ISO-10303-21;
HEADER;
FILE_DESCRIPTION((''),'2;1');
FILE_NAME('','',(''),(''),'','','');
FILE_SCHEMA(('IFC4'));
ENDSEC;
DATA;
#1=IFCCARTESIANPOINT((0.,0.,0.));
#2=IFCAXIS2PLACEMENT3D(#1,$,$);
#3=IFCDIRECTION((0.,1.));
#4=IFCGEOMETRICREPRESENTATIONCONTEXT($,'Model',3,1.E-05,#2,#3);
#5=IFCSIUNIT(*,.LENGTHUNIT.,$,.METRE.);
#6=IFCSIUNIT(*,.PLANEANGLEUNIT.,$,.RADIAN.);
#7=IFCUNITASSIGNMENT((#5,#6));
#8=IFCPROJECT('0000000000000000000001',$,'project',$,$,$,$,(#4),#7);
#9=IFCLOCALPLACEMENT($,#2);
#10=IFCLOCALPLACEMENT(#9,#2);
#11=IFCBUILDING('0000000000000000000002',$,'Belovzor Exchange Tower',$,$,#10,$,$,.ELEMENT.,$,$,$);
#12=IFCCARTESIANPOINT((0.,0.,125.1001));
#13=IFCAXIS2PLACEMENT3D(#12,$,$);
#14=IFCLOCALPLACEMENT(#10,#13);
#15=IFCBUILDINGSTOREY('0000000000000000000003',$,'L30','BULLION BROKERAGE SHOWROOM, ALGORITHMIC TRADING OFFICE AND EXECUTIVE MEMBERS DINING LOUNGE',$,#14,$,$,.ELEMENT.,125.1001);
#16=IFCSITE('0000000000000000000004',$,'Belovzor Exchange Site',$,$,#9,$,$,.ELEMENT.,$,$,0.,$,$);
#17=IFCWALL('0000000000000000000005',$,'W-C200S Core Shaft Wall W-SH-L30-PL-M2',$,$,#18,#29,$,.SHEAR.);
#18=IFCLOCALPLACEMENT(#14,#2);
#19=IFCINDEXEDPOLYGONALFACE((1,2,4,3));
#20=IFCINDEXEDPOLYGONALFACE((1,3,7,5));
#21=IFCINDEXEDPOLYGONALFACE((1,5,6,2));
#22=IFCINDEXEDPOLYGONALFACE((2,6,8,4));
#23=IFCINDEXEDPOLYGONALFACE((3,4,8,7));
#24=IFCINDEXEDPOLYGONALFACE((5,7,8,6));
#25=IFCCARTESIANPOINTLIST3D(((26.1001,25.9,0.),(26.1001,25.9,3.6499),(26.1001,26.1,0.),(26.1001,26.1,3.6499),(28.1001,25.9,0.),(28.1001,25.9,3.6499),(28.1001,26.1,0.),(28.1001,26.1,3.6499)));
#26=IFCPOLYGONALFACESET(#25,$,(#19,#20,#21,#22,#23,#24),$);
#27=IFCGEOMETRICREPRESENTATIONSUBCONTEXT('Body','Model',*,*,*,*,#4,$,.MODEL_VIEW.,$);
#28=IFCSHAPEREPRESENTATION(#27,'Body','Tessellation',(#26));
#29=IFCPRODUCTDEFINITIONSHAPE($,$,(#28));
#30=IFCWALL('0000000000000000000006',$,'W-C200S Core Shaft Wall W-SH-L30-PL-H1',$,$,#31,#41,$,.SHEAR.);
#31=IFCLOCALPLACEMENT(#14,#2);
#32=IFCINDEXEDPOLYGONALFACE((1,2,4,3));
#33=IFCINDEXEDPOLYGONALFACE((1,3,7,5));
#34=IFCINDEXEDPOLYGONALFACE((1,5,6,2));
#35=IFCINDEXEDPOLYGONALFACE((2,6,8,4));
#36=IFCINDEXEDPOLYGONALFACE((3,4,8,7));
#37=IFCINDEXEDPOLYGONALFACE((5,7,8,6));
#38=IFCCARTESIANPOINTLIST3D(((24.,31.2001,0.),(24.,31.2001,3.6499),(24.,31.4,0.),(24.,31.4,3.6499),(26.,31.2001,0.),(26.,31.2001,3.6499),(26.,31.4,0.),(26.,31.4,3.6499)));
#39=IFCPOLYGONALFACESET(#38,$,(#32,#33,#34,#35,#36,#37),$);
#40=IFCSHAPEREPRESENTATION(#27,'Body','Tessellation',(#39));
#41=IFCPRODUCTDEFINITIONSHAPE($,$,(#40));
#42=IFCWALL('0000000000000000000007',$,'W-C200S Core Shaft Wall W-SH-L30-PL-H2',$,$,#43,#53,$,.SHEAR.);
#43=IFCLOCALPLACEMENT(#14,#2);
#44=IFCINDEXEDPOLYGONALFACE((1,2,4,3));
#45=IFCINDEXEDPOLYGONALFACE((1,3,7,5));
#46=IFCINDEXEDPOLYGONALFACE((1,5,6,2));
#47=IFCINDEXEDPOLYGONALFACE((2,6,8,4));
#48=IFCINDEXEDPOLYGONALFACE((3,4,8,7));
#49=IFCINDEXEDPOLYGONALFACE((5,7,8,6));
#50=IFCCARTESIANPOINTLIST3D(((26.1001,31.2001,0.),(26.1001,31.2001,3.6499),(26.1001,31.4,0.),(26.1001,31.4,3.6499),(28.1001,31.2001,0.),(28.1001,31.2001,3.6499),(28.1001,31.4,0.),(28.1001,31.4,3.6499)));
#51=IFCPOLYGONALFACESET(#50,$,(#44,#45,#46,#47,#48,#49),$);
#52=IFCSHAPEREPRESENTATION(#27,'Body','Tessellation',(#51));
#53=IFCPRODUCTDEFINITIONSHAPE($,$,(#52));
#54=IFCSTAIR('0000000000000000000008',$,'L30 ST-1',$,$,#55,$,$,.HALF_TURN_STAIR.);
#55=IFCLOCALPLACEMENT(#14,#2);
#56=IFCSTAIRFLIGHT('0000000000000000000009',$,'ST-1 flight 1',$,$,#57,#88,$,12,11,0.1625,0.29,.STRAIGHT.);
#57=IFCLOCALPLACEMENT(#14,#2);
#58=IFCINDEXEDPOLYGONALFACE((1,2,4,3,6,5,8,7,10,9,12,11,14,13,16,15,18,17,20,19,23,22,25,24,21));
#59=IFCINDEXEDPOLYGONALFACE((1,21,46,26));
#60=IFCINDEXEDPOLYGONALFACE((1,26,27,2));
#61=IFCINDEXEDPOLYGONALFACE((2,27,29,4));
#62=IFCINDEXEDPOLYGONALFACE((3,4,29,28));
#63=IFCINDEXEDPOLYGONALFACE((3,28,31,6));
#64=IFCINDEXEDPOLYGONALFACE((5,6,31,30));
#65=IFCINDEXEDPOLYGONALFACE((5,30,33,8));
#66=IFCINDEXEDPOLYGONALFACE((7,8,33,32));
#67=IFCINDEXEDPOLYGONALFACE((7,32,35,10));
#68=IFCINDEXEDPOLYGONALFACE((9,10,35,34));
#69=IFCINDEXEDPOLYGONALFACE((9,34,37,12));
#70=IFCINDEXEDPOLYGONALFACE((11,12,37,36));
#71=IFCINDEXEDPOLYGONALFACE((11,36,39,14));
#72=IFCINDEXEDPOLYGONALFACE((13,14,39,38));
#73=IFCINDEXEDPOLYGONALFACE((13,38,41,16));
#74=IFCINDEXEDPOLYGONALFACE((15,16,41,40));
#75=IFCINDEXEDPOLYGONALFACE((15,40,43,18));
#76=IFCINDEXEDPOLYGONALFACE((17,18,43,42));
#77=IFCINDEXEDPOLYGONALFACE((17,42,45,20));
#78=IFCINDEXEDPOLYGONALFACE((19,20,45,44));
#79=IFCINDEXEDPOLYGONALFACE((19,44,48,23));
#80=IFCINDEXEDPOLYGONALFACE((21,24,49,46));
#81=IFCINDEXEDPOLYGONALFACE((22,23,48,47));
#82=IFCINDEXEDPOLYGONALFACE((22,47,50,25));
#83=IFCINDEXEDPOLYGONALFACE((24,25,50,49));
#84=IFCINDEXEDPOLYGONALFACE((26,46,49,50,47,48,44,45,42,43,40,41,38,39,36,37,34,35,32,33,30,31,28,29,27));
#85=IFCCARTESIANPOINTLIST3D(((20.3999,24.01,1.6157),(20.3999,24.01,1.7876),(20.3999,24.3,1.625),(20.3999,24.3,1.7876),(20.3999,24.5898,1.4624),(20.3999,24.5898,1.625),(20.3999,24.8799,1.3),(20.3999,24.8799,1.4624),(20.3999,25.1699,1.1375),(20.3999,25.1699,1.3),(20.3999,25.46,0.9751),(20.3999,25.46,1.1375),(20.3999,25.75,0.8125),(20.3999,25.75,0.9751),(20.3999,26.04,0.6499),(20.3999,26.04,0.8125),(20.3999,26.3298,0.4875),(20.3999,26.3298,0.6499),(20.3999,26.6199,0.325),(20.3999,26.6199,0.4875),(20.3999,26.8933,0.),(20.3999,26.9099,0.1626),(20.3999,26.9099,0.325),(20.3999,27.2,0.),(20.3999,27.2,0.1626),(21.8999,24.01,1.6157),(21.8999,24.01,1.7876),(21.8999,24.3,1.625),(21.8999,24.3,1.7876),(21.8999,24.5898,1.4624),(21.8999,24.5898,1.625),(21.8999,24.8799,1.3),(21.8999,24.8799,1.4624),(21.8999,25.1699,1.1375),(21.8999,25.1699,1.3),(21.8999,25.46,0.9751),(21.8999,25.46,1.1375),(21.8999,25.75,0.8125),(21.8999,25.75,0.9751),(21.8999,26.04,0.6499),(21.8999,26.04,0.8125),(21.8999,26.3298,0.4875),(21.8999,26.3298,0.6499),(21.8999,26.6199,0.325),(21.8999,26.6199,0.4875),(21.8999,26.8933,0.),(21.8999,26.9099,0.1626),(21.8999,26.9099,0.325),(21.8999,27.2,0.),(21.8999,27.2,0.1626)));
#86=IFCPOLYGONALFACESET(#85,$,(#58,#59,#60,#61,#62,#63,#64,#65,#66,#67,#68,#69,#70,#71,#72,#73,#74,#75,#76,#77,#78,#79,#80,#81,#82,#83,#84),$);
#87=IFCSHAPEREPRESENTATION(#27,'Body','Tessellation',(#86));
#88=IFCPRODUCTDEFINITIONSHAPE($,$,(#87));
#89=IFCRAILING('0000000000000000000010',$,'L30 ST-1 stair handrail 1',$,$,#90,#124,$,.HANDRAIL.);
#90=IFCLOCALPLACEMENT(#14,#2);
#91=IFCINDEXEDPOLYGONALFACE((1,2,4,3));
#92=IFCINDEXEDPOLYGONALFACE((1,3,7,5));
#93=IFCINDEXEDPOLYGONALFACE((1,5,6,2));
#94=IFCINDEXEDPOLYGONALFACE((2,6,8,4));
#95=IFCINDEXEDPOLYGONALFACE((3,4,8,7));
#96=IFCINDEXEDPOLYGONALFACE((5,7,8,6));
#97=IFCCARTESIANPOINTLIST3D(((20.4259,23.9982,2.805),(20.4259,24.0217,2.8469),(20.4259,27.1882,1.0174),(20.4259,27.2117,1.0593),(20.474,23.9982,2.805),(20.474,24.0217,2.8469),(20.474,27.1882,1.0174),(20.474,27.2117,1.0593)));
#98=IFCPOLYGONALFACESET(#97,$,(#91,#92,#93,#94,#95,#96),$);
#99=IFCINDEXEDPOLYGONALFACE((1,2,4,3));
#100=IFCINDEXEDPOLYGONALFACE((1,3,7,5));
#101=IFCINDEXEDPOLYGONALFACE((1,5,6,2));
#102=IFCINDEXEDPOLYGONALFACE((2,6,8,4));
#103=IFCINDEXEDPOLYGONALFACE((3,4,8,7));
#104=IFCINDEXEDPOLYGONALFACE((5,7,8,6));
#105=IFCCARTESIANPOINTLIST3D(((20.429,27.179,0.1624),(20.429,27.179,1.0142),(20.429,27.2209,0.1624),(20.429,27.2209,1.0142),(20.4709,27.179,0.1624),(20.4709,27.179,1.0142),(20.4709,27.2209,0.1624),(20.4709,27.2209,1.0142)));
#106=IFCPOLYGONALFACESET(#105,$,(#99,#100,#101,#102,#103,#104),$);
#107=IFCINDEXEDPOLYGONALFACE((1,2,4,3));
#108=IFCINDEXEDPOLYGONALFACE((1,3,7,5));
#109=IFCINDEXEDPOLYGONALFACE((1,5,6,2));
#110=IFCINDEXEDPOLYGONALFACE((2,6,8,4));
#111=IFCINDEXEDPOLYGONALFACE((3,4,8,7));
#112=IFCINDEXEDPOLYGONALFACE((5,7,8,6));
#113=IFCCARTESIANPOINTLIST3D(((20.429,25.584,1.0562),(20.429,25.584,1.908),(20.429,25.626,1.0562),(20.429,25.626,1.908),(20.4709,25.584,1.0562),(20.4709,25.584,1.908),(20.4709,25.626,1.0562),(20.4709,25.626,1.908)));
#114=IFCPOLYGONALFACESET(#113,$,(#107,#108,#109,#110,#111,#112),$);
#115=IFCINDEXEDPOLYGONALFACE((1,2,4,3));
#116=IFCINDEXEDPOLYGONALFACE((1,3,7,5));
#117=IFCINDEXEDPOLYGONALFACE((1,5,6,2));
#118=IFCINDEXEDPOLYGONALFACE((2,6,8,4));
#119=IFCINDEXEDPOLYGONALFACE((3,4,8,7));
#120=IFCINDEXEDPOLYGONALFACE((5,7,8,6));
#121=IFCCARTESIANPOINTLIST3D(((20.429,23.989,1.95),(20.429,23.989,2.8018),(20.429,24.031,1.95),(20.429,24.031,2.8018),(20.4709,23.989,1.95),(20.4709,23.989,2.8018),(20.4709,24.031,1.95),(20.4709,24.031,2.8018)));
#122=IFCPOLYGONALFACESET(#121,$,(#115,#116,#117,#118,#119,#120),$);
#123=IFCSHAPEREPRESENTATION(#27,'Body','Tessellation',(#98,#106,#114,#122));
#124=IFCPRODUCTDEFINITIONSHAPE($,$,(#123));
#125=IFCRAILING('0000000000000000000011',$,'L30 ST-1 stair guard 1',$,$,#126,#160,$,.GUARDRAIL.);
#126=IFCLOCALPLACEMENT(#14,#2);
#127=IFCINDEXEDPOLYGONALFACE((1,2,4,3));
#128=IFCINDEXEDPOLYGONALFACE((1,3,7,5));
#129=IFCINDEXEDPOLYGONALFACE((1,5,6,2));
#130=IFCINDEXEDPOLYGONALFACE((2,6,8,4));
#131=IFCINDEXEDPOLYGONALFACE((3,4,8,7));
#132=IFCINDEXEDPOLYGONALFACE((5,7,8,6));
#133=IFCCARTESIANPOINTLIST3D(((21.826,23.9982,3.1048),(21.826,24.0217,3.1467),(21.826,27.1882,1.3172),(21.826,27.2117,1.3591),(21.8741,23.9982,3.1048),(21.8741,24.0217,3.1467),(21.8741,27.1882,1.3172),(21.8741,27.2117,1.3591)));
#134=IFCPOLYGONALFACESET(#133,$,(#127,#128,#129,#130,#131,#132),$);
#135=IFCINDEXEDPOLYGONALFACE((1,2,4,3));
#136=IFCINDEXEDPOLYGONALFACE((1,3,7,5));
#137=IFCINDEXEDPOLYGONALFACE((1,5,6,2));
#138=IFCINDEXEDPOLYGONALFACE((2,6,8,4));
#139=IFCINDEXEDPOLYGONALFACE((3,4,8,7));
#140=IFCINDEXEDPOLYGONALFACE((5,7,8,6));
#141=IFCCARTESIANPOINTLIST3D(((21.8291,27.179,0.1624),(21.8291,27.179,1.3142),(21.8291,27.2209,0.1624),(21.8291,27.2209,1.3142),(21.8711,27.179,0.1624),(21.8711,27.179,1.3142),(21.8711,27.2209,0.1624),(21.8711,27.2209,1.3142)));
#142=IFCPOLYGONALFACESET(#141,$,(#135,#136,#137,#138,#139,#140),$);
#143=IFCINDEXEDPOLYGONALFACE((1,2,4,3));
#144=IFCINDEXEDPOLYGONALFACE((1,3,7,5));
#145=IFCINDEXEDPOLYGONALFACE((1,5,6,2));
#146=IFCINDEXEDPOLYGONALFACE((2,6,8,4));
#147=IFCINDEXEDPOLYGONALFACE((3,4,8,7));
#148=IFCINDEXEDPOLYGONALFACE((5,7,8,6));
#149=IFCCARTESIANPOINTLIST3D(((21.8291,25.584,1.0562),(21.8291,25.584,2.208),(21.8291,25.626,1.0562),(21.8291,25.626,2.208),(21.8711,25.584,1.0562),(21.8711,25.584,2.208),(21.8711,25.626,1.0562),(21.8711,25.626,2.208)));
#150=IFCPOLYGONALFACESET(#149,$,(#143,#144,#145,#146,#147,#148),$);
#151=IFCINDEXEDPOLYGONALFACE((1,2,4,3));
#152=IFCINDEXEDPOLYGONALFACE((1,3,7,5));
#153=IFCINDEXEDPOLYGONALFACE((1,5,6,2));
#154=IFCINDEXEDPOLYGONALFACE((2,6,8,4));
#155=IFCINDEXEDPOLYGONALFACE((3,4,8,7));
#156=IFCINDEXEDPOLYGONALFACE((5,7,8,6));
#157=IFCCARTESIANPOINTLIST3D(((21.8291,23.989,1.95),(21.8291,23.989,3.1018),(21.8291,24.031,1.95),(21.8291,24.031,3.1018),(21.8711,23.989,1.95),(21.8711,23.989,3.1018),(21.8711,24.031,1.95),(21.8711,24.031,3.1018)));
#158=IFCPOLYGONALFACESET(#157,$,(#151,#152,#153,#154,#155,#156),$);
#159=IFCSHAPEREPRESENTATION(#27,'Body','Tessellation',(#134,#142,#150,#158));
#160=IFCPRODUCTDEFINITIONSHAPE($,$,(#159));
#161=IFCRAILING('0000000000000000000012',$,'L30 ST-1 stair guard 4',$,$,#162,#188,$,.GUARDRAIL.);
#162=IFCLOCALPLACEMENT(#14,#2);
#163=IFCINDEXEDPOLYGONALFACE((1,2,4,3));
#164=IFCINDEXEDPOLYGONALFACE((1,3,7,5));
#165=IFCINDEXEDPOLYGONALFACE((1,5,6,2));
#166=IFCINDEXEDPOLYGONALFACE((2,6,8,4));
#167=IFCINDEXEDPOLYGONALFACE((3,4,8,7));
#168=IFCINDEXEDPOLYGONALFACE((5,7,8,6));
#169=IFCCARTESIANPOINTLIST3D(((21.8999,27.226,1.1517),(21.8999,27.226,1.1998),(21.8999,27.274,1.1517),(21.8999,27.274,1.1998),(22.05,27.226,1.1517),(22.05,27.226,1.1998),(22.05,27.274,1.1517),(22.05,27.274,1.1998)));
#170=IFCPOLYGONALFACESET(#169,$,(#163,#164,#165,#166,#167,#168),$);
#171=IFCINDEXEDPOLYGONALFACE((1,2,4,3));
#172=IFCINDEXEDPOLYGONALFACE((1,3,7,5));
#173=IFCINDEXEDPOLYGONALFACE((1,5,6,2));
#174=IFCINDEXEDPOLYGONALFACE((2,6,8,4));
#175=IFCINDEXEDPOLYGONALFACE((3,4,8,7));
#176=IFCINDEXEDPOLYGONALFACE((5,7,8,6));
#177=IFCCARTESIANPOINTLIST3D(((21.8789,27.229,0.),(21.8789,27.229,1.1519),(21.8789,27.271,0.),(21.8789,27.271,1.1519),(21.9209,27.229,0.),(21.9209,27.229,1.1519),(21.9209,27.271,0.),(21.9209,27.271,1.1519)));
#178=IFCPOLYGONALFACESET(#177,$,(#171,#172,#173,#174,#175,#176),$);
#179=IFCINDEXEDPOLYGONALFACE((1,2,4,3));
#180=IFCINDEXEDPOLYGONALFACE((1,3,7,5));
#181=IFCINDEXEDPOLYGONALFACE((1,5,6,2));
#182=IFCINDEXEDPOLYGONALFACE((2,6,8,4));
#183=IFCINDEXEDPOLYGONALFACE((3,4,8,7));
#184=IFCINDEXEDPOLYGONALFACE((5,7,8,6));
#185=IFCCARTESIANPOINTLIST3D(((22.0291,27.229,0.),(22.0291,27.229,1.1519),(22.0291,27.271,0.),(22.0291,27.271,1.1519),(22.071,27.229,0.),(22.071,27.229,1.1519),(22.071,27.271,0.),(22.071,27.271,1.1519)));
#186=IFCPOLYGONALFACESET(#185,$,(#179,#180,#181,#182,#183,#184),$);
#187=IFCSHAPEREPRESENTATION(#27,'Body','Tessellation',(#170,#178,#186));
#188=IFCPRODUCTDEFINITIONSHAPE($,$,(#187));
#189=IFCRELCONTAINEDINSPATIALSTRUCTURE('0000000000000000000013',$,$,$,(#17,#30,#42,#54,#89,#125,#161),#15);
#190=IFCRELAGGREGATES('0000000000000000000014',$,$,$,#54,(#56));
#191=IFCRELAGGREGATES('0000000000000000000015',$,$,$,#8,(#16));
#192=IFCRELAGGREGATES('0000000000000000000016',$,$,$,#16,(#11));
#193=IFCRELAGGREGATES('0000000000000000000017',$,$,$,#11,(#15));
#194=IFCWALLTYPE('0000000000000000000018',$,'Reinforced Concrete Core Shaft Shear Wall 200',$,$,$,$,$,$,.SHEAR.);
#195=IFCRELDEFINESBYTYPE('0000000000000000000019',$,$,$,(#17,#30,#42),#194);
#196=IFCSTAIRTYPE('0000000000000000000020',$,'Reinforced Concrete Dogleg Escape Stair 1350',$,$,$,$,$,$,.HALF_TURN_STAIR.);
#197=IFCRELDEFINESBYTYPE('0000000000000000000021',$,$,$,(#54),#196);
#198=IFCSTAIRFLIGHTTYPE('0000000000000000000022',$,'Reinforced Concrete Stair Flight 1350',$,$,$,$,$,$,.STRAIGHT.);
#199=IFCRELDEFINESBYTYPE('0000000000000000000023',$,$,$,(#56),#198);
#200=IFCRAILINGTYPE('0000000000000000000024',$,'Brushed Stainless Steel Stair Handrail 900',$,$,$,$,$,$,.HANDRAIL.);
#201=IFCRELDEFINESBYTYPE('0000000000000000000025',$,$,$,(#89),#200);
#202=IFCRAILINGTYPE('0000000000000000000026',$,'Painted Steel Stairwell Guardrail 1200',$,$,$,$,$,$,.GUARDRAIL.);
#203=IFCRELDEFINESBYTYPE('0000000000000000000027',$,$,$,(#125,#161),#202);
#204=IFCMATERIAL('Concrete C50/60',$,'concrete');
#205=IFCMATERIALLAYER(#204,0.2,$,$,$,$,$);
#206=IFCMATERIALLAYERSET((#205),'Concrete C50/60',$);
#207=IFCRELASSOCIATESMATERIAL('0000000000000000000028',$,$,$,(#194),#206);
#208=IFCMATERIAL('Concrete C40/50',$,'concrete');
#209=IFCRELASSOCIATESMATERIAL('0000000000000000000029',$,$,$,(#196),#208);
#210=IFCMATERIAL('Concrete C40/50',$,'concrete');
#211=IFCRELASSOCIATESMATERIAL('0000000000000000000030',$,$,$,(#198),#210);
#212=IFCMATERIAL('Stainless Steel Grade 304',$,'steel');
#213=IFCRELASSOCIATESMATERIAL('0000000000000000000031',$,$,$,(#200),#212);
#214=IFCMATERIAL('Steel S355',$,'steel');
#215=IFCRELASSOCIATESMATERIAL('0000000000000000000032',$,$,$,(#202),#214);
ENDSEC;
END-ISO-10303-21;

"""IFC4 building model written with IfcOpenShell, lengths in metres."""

from ifc_helpers import new_model, si_unit, direction, frame, frame_2d, origin, origin_2d, place, context, subcontext, project, spatial, polyline, rectangle, outline, extrude, material, layer, layer_set, type_object, element, aggregate, save


model = new_model("IFC4")

# Units and contexts
model_context = context("Model", 3, precision=1e-05, world=origin(), true_north=direction((0.0, 1.0)))
body_context = subcontext(model_context, "Body", "Model", "MODEL_VIEW")
ifc_project = project(units=[si_unit("LENGTHUNIT", "METRE"), si_unit("PLANEANGLEUNIT", "RADIAN")], contexts=[model_context])

# Site, building, storey
site_placement = place(None, origin())
site = spatial("IfcSite", under=ifc_project, at=site_placement, Name="Belovzor Exchange Site", CompositionType="ELEMENT", RefElevation=0.0)
building_placement = place(site_placement, origin())
building = spatial("IfcBuilding", under=site, at=building_placement, Name="Belovzor Exchange Tower", CompositionType="ELEMENT")
storey_placement = place(building_placement, frame((0.0, 0.0, 125.1001)))
storey = spatial("IfcBuildingStorey", under=building, at=storey_placement, Name="L30", Description="BULLION BROKERAGE SHOWROOM, ALGORITHMIC TRADING OFFICE AND EXECUTIVE MEMBERS DINING LOUNGE", CompositionType="ELEMENT", Elevation=125.1001)

# Shared definitions
ifc_material_1 = material(Name="Concrete C50/60", Category="concrete")
ifc_layer_1 = layer(ifc_material_1, 0.2)
ifc_layer_set_1 = layer_set([ifc_layer_1], Name="Concrete C50/60")
wall_type_1 = type_object("IfcWallType", Name="Reinforced Concrete Core Shaft Shear Wall 200", PredefinedType="SHEAR", material=ifc_layer_set_1)

# Walls
for number, where, z_axis, x_axis, name in (
    (1, (26.1001, 26.0, 0.0), (0.0, 0.0, 1.0), (1.0, 0.0, 0.0), "W-C200S Core Shaft Wall W-SH-L30-PL-M2"),
    (2, (24.0, 31.3, 0.0), (0.0, 0.0, 1.0), (1.0, 0.0, 0.0), "W-C200S Core Shaft Wall W-SH-L30-PL-H1"),
    (3, (26.1001, 31.3, 0.0), (0.0, 0.0, 1.0), (1.0, 0.0, 0.0), "W-C200S Core Shaft Wall W-SH-L30-PL-H2"),
):
    element("IfcWall", number, at=place(storey_placement, frame(where, z_axis=z_axis, x_axis=x_axis)), inside=storey, type_object=wall_type_1, Name=name, PredefinedType="SHEAR", context=body_context, shape_type="SweptSolid", body=[
        extrude(rectangle(XDim=2.0, YDim=0.2, at=frame_2d((1.0, 0.0))), origin(), (0.0, 0.0, 1.0), 3.6499),
    ])

# Stair, stair flight
ifc_material_2 = material(Name="Concrete C40/50", Category="concrete")
stair_type = type_object("IfcStairType", Name="Reinforced Concrete Dogleg Escape Stair 1350", PredefinedType="HALF_TURN_STAIR", material=ifc_material_2)
stair_placement = place(storey_placement, origin())
stair = element("IfcStair", 4, at=stair_placement, inside=storey, type_object=stair_type, Name="L30 ST-1", PredefinedType="HALF_TURN_STAIR")
ifc_material_3 = material(Name="Concrete C40/50", Category="concrete")
stair_flight_type = type_object("IfcStairFlightType", Name="Reinforced Concrete Stair Flight 1350", PredefinedType="STRAIGHT", material=ifc_material_3)
stair_flight_placement = place(storey_placement, frame((21.1499, 27.2, 0.0), z_axis=(0.0, 0.0, 1.0), x_axis=(0.0, -1.0, 0.0)))
stair_flight = element("IfcStairFlight", 5, at=stair_flight_placement, type_object=stair_flight_type, Name="ST-1 flight 1", NumberOfRisers=12, NumberOfTreads=11, PredefinedType="STRAIGHT", RiserHeight=0.1625, TreadLength=0.29, context=body_context, shape_type="SweptSolid", body=[
    extrude(outline(polyline([(0.0, 0.0), (0.0, 0.1626), (0.29, 0.1626), (0.29, 0.325), (0.5801, 0.325), (0.5801, 0.4875), (0.8701, 0.4875), (0.8701, 0.6499), (1.1599, 0.6499), (1.1599, 0.8125), (1.45, 0.8125), (1.45, 0.9751), (1.74, 0.9751), (1.74, 1.1375), (2.03, 1.1375), (2.03, 1.3), (2.3201, 1.3), (2.3201, 1.4624), (2.6101, 1.4624), (2.6101, 1.625), (2.8999, 1.625), (2.8999, 1.7876), (3.1899, 1.7876), (3.1899, 1.95), (3.1899, 1.6157), (0.3066, 0.0), (0.0, 0.0)])), frame((0.0, 0.75, 0.0), z_axis=(0.0, -1.0, 0.0), x_axis=(1.0, 0.0, 0.0)), (0.0, 0.0, 1.0), 1.5),
])
aggregate(stair, [stair_flight])

# Railings
ifc_material_4 = material(Name="Stainless Steel Grade 304", Category="steel")
railing_type_1 = type_object("IfcRailingType", Name="Brushed Stainless Steel Stair Handrail 900", PredefinedType="HANDRAIL", material=ifc_material_4)
railing_1_placement = place(storey_placement, frame((20.45, 27.2, 0.1624)))
element("IfcRailing", 6, at=railing_1_placement, inside=storey, type_object=railing_type_1, Name="L30 ST-1 stair handrail 1", PredefinedType="HANDRAIL", context=body_context, shape_type="SweptSolid", body=[
    extrude(rectangle(XDim=0.0481, YDim=0.0481, at=origin_2d()), frame((0.0, 0.0, 0.876), z_axis=(0.0, -0.872363, 0.48886), x_axis=(1.0, 0.0, 0.0)), (0.0, 0.0, 1.0), 3.6567),
    extrude(rectangle(XDim=0.042, YDim=0.042, at=origin_2d()), origin(), (0.0, 0.0, 1.0), 0.8518),
    extrude(rectangle(XDim=0.042, YDim=0.042, at=origin_2d()), frame((0.0, -1.595, 0.8938)), (0.0, 0.0, 1.0), 0.8518),
    extrude(rectangle(XDim=0.042, YDim=0.042, at=origin_2d()), frame((0.0, -3.1899, 1.7876)), (0.0, 0.0, 1.0), 0.8518),
])
ifc_material_5 = material(Name="Steel S355", Category="steel")
railing_type_2 = type_object("IfcRailingType", Name="Painted Steel Stairwell Guardrail 1200", PredefinedType="GUARDRAIL", material=ifc_material_5)
railing_2_placement = place(storey_placement, frame((21.8501, 27.2, 0.1624)))
element("IfcRailing", 7, at=railing_2_placement, inside=storey, type_object=railing_type_2, Name="L30 ST-1 stair guard 1", PredefinedType="GUARDRAIL", context=body_context, shape_type="SweptSolid", body=[
    extrude(rectangle(XDim=0.0481, YDim=0.0481, at=origin_2d()), frame((0.0, 0.0, 1.1758), z_axis=(0.0, -0.872363, 0.48886), x_axis=(1.0, 0.0, 0.0)), (0.0, 0.0, 1.0), 3.6567),
    extrude(rectangle(XDim=0.042, YDim=0.042, at=origin_2d()), origin(), (0.0, 0.0, 1.0), 1.1519),
    extrude(rectangle(XDim=0.042, YDim=0.042, at=origin_2d()), frame((0.0, -1.595, 0.8938)), (0.0, 0.0, 1.0), 1.1519),
    extrude(rectangle(XDim=0.042, YDim=0.042, at=origin_2d()), frame((0.0, -3.1899, 1.7876)), (0.0, 0.0, 1.0), 1.1519),
])
railing_3_placement = place(storey_placement, frame((21.8999, 27.25, 0.0)))
element("IfcRailing", 8, at=railing_3_placement, inside=storey, type_object=railing_type_2, Name="L30 ST-1 stair guard 4", PredefinedType="GUARDRAIL", context=body_context, shape_type="SweptSolid", body=[
    extrude(rectangle(XDim=0.0481, YDim=0.0481, at=origin_2d()), frame((0.0, 0.0, 1.1758), z_axis=(1.0, 0.0, 0.0), x_axis=(0.0, 1.0, 0.0)), (0.0, 0.0, 1.0), 0.1501),
    extrude(rectangle(XDim=0.042, YDim=0.042, at=origin_2d()), origin(), (0.0, 0.0, 1.0), 1.1519),
    extrude(rectangle(XDim=0.042, YDim=0.042, at=origin_2d()), frame((0.1501, 0.0, 0.0)), (0.0, 0.0, 1.0), 1.1519),
])

save(model, "model.ifc")
